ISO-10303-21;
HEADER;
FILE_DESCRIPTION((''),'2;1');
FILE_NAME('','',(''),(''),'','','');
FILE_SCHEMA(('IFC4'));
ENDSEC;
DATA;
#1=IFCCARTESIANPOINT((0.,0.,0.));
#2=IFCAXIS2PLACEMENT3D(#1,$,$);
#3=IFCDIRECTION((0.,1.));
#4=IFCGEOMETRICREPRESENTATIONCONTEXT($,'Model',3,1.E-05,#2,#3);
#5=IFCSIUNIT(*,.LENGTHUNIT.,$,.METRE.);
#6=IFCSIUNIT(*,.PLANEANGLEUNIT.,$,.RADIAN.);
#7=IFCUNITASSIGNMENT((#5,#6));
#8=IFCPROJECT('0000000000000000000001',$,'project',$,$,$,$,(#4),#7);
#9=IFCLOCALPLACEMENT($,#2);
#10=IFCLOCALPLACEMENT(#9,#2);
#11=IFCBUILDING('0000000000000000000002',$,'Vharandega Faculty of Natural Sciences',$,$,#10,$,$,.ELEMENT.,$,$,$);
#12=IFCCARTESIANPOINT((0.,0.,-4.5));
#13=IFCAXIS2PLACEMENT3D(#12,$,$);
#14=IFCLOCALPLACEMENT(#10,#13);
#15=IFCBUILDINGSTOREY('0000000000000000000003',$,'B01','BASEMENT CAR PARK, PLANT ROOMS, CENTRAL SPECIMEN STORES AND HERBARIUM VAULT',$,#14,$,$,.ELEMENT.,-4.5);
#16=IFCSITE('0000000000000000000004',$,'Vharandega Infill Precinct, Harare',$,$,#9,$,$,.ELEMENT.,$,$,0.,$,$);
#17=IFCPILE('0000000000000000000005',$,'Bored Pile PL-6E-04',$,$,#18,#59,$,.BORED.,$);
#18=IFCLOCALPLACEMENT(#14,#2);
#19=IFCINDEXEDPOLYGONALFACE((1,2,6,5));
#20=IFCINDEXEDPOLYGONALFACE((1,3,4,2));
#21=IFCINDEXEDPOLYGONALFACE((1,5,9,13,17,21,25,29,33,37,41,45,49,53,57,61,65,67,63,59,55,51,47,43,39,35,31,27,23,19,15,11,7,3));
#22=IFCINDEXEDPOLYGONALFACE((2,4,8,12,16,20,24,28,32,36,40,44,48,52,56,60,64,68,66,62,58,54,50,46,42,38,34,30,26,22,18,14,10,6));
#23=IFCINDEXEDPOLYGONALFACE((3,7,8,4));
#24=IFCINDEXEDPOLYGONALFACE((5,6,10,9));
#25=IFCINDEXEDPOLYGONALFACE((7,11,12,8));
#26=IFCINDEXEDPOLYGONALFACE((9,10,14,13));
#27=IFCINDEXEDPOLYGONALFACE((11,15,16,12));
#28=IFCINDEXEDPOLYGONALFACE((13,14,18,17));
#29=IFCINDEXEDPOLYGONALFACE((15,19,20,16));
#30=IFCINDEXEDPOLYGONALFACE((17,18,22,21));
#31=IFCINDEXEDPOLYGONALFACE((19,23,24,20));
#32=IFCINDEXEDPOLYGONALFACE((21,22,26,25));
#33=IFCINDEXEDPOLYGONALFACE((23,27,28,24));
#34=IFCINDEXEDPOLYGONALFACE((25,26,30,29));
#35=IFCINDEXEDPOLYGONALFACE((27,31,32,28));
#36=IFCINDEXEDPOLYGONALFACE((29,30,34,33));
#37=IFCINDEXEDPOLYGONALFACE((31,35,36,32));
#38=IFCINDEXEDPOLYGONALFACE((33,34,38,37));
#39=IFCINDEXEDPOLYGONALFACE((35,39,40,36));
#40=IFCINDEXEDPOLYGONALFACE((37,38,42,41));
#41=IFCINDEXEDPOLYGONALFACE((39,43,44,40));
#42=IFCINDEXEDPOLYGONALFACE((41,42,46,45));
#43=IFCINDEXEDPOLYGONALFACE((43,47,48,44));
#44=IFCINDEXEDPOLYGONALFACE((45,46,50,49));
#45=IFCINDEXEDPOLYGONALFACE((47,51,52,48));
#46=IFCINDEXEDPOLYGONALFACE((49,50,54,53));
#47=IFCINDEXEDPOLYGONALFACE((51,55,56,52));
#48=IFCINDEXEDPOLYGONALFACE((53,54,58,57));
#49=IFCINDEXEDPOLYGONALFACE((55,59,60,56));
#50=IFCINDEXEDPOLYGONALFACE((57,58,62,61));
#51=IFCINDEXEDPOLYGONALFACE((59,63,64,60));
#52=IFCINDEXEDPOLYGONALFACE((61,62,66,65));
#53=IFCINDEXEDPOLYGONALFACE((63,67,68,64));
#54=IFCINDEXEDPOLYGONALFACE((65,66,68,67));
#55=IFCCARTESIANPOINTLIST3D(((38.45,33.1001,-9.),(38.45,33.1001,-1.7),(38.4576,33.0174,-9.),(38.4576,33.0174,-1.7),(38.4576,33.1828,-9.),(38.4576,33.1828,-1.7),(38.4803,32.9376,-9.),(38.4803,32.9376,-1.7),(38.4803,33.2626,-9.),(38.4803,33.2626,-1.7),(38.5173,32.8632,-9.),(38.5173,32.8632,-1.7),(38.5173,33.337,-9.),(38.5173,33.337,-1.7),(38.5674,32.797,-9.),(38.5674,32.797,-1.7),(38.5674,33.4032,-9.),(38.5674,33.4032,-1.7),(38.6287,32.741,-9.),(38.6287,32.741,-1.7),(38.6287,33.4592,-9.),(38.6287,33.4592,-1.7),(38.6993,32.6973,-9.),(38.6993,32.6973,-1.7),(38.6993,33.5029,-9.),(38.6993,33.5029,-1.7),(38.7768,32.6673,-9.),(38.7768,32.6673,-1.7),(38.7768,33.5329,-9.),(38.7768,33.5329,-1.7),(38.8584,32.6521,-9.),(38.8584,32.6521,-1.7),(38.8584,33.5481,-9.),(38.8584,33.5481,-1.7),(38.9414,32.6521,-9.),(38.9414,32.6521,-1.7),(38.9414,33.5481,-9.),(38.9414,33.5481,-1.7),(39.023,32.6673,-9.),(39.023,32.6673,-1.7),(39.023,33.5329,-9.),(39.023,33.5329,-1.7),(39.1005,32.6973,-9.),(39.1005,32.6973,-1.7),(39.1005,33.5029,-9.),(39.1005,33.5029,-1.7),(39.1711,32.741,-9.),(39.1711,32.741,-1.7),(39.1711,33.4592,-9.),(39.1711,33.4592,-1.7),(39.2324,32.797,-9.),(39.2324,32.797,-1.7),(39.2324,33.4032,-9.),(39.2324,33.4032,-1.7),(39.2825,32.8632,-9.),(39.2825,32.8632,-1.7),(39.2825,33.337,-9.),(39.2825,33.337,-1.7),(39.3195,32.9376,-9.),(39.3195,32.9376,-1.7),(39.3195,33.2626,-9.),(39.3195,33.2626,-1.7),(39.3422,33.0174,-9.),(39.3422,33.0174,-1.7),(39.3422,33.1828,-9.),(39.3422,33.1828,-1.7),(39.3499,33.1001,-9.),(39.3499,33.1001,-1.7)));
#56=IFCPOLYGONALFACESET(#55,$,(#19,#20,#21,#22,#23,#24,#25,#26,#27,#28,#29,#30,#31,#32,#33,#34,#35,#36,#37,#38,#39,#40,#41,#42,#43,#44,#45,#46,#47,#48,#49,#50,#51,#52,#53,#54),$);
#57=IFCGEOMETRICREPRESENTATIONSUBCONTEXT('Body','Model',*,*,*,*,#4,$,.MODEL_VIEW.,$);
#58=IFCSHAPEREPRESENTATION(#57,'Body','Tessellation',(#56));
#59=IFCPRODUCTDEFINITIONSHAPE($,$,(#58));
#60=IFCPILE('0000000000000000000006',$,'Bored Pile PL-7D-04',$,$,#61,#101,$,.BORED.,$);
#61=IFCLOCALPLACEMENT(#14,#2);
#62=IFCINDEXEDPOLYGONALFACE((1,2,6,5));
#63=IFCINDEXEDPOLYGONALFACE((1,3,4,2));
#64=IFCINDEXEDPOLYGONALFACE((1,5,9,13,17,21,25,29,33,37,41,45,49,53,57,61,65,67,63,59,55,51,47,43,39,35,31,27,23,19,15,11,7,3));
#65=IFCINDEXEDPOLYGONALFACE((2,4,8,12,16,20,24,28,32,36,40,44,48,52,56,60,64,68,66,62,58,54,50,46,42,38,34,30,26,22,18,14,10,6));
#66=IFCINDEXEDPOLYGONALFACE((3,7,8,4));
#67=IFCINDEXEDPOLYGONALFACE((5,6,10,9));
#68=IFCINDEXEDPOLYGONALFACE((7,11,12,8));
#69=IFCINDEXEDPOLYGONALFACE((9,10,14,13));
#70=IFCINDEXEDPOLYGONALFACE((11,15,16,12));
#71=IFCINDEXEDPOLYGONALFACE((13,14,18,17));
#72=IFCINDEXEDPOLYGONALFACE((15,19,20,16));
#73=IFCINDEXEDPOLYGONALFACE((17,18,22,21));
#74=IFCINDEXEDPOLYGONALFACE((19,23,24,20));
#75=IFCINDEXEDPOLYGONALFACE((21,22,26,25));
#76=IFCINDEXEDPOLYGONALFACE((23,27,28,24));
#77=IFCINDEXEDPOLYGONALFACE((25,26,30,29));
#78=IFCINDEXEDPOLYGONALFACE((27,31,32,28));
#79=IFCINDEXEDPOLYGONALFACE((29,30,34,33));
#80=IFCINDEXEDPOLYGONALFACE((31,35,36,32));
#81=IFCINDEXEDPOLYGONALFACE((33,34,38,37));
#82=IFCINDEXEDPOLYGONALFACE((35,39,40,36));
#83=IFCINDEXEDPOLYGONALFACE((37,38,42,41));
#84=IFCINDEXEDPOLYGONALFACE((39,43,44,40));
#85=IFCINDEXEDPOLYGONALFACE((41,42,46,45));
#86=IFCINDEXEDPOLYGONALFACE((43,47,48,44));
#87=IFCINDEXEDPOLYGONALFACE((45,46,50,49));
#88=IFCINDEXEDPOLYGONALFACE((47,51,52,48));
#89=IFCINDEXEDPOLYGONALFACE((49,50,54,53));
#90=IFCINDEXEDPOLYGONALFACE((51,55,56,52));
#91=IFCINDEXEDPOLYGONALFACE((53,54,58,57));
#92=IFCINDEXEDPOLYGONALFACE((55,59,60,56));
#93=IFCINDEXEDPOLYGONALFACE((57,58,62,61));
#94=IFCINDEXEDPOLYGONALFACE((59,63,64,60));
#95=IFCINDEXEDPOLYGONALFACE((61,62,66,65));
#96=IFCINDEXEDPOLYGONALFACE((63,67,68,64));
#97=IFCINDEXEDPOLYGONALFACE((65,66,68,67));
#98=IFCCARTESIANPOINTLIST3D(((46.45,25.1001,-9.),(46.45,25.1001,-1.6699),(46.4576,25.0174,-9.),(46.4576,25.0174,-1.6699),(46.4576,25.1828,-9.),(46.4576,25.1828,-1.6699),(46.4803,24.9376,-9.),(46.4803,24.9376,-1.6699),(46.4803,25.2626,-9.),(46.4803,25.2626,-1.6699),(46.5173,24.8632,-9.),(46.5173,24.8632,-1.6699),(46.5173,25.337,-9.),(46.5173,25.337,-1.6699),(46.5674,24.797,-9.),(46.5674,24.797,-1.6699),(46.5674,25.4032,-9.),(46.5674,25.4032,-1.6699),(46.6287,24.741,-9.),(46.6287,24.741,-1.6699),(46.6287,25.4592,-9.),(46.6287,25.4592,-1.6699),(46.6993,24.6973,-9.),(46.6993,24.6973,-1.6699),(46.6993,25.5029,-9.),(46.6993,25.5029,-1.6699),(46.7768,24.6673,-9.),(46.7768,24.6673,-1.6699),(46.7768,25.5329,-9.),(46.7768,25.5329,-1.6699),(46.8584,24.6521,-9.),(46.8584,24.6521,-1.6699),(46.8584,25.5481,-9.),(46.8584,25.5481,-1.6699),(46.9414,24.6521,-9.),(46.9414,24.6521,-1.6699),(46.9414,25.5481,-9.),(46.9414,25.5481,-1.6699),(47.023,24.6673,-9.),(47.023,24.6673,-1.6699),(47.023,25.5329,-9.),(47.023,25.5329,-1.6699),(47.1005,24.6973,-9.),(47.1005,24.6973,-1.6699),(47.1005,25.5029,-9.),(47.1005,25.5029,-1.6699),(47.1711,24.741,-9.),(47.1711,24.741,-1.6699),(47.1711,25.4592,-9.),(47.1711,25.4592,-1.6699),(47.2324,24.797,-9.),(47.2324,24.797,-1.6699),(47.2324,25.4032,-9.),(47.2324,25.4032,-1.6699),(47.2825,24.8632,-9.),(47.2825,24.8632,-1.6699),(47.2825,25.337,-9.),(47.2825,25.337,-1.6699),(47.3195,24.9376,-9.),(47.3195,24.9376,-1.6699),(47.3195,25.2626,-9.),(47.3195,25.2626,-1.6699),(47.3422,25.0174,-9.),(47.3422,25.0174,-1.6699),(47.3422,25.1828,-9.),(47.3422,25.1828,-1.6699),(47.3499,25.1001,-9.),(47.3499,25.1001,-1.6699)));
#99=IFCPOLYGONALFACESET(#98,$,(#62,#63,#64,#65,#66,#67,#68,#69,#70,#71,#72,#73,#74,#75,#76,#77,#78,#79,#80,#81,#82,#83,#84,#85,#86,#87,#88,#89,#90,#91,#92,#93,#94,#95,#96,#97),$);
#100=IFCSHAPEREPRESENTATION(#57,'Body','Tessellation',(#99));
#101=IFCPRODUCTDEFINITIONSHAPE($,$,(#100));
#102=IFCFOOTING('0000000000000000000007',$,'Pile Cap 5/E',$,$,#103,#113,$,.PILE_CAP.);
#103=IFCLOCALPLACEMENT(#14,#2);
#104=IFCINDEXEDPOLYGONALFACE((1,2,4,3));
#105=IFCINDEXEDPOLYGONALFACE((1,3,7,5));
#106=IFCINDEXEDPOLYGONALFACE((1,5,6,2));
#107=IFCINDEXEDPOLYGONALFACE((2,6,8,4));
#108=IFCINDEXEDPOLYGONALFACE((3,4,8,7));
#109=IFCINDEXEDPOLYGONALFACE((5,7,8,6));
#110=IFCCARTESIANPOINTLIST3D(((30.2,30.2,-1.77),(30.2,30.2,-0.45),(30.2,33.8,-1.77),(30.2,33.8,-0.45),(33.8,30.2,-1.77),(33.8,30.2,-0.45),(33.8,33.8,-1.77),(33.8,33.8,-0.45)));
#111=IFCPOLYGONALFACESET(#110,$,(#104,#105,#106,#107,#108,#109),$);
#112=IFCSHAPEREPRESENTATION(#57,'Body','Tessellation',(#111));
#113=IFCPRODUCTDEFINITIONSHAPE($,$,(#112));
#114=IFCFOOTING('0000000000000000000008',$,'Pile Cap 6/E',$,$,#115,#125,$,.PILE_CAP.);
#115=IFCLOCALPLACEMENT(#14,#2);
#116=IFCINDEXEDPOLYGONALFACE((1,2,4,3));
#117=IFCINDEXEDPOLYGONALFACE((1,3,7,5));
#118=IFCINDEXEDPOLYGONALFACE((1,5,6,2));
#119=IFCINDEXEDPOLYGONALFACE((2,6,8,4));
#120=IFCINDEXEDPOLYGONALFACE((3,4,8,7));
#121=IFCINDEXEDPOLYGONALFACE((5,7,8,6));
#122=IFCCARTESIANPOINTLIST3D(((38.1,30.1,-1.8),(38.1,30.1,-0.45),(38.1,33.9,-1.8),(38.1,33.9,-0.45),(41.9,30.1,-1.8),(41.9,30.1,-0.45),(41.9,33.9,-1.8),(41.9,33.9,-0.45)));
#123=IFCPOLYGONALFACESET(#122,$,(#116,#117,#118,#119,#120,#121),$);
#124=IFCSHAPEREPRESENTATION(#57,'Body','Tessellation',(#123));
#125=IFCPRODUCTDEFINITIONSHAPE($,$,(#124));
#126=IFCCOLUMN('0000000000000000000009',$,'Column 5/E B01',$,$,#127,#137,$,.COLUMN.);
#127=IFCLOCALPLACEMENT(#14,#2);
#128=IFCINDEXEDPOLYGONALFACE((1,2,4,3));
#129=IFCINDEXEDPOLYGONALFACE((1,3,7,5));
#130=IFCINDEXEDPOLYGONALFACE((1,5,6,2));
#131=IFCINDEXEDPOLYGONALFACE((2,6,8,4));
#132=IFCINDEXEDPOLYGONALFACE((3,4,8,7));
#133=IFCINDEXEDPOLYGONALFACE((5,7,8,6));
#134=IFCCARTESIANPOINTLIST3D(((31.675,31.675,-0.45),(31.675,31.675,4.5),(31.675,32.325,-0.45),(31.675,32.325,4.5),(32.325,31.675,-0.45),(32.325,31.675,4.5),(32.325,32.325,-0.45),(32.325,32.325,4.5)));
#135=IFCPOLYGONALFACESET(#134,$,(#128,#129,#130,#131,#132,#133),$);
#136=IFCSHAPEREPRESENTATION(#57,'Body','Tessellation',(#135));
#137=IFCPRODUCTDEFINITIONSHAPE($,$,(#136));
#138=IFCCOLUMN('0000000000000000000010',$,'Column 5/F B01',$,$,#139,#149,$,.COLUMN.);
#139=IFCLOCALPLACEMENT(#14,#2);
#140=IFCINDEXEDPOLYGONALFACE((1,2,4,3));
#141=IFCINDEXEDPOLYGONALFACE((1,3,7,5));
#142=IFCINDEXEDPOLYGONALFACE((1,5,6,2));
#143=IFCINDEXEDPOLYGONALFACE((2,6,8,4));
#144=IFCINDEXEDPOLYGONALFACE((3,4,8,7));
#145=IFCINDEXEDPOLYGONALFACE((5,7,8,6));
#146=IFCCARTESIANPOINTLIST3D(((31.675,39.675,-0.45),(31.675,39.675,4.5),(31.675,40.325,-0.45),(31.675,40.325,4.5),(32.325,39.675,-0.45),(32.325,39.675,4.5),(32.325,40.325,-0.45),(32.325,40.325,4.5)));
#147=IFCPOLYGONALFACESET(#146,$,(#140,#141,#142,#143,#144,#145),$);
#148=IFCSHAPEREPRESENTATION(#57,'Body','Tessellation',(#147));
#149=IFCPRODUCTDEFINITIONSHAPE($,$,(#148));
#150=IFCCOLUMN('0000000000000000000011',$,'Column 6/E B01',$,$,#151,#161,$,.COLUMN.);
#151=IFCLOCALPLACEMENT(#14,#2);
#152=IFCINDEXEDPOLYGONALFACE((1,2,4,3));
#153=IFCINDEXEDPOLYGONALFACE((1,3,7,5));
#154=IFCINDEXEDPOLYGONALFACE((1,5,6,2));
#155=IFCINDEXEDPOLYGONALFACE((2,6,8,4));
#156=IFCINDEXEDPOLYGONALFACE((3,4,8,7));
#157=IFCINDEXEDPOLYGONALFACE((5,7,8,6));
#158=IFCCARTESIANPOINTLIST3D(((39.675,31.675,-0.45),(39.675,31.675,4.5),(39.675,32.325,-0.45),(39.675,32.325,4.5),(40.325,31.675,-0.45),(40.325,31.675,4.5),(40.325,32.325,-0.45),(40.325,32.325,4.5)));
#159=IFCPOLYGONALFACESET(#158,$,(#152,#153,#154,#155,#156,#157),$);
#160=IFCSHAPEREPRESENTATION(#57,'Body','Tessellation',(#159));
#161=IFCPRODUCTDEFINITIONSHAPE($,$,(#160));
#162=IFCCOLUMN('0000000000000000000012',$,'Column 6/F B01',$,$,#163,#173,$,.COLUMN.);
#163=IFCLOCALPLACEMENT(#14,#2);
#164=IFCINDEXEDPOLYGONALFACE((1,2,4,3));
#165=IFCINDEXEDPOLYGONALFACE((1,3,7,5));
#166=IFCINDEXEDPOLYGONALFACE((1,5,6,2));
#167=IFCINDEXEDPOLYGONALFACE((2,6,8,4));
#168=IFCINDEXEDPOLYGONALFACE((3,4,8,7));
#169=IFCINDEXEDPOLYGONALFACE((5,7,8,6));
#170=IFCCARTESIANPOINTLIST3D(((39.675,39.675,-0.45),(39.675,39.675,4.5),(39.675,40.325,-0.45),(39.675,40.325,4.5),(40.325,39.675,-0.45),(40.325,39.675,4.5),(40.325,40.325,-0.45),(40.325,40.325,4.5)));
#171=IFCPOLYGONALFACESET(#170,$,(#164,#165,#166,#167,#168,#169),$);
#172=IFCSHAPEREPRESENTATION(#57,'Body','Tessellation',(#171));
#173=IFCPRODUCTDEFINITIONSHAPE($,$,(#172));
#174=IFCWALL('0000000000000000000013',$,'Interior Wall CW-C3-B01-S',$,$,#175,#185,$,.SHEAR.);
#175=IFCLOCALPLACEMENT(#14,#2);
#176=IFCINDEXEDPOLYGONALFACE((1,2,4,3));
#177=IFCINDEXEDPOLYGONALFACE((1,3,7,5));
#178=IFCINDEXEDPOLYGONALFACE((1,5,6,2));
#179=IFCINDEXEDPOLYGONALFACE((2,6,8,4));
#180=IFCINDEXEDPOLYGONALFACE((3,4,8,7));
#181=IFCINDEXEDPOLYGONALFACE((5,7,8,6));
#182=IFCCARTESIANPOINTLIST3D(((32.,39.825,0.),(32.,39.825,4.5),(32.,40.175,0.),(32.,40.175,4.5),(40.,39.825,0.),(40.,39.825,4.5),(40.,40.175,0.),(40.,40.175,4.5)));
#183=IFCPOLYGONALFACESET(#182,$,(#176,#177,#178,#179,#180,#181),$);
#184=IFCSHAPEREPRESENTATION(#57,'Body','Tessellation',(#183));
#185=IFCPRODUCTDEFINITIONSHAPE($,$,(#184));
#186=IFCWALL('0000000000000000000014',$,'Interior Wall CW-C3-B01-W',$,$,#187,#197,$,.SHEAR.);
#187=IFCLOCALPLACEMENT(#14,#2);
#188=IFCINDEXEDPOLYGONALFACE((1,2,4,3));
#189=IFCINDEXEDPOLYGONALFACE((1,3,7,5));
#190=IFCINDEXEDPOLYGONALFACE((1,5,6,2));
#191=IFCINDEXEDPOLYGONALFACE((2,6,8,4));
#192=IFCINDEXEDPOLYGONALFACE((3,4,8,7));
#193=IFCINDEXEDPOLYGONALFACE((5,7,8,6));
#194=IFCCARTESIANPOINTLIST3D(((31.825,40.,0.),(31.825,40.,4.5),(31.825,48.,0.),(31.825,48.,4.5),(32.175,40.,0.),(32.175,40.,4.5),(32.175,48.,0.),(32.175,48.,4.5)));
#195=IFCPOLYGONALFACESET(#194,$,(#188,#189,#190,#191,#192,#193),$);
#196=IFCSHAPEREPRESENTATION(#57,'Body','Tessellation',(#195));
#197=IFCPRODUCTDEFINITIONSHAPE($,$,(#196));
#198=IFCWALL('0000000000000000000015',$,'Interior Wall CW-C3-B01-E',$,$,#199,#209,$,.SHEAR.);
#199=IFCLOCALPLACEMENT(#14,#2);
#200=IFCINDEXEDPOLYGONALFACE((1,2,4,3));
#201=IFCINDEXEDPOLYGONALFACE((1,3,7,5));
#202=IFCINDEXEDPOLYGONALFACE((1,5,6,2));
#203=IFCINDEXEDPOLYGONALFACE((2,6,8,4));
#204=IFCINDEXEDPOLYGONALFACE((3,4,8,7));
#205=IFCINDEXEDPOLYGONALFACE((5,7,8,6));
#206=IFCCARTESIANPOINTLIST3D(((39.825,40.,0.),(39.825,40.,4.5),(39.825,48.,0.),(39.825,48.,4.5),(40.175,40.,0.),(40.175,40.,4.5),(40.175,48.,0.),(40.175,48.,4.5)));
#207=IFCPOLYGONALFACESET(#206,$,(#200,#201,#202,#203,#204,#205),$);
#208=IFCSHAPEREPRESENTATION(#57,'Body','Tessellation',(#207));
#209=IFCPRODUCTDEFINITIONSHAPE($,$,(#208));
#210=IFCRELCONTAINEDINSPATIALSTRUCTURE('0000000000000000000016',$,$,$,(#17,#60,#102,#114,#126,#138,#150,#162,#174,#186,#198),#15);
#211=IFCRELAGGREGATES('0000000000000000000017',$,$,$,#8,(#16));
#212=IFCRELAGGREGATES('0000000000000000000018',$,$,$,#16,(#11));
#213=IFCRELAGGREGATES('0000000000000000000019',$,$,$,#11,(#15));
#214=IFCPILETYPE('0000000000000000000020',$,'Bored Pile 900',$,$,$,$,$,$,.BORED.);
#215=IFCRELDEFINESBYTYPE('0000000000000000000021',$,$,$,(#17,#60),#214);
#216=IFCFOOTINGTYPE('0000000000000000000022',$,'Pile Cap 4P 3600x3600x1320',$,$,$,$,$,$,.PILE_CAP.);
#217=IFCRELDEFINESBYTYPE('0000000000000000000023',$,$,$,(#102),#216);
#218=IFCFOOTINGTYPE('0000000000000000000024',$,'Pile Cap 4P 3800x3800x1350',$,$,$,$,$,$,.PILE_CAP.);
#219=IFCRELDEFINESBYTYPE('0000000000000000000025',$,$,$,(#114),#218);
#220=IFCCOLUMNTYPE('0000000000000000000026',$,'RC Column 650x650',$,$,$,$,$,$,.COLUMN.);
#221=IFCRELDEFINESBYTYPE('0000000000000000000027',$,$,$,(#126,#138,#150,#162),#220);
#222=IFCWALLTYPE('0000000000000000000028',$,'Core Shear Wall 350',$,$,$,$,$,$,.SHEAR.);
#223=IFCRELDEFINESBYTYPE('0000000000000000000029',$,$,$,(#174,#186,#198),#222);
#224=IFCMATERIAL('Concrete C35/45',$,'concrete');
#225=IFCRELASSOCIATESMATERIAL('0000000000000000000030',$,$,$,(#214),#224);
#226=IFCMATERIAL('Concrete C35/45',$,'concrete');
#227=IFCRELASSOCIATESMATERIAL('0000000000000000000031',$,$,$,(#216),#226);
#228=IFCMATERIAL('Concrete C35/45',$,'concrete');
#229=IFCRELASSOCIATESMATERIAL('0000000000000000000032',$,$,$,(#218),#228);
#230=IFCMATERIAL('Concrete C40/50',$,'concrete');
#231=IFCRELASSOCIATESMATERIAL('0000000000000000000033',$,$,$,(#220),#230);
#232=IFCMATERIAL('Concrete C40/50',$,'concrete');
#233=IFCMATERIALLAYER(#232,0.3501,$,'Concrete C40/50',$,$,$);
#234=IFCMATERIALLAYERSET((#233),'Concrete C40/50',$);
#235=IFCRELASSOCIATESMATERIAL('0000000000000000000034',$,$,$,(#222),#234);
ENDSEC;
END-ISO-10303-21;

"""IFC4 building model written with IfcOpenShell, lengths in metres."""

from ifc_helpers import new_model, si_unit, direction, frame, frame_2d, origin, origin_2d, place, context, subcontext, project, spatial, rectangle, circle, extrude, material, layer, layer_set, material_profile, profile_set, type_object, element, save


model = new_model("IFC4")

# Units and contexts
model_context = context("Model", 3, precision=1e-05, world=origin(), true_north=direction((0.0, 1.0)))
body_context = subcontext(model_context, "Body", "Model", "MODEL_VIEW")
ifc_project = project(units=[si_unit("LENGTHUNIT", "METRE"), si_unit("PLANEANGLEUNIT", "RADIAN")], contexts=[model_context])

# Site, building, storey
site_placement = place(None, origin())
site = spatial("IfcSite", under=ifc_project, at=site_placement, Name="Vharandega Infill Precinct, Harare", CompositionType="ELEMENT", RefElevation=0.0)
building_placement = place(site_placement, origin())
building = spatial("IfcBuilding", under=site, at=building_placement, Name="Vharandega Faculty of Natural Sciences", CompositionType="ELEMENT")
storey_placement = place(building_placement, frame((0.0, 0.0, -4.5)))
storey = spatial("IfcBuildingStorey", under=building, at=storey_placement, Name="B01", Description="BASEMENT CAR PARK, PLANT ROOMS, CENTRAL SPECIMEN STORES AND HERBARIUM VAULT", CompositionType="ELEMENT", Elevation=-4.5)

# Piles
ifc_material_1 = material(Name="Concrete C35/45", Category="concrete")
ifc_material_profile_1 = material_profile(ifc_material_1, circle(Radius=0.45, at=origin_2d()), Name="PILE 900")
ifc_profile_set_1 = profile_set([ifc_material_profile_1], Name="Concrete C35/45")
pile_type = type_object("IfcPileType", Name="Bored Pile 900", PredefinedType="BORED", material=ifc_profile_set_1)
for number, where, z_axis, x_axis, name in (
    (1, (38.8999, 33.1001, -1.7), (0.0, 0.0, -1.0), (1.0, 0.0, 0.0), "Bored Pile PL-6E-04"),
):
    element("IfcPile", number, at=place(storey_placement, frame(where, z_axis=z_axis, x_axis=x_axis)), inside=storey, type_object=pile_type, Name=name, PredefinedType="BORED", context=body_context, shape_type="SweptSolid", body=[
        extrude(circle(Radius=0.45, at=origin_2d()), origin(), (0.0, 0.0, 1.0), 7.3),
    ])
pile_placement = place(storey_placement, frame((46.8999, 25.1001, -1.6699), z_axis=(0.0, 0.0, -1.0), x_axis=(1.0, 0.0, 0.0)))
element("IfcPile", 2, at=pile_placement, inside=storey, type_object=pile_type, Name="Bored Pile PL-7D-04", PredefinedType="BORED", context=body_context, shape_type="SweptSolid", body=[
    extrude(circle(Radius=0.45, at=origin_2d()), origin(), (0.0, 0.0, 1.0), 7.3301),
])

# Footings
ifc_material_2 = material(Name="Concrete C35/45", Category="concrete")
footing_type_1 = type_object("IfcFootingType", Name="Pile Cap 4P 3600x3600x1320", PredefinedType="PILE_CAP", material=ifc_material_2)
footing_1_placement = place(storey_placement, frame((32.0, 32.0, -1.77), z_axis=(0.0, 0.0, 1.0), x_axis=(1.0, 0.0, 0.0)))
element("IfcFooting", 3, at=footing_1_placement, inside=storey, type_object=footing_type_1, Name="Pile Cap 5/E", PredefinedType="PILE_CAP", context=body_context, shape_type="SweptSolid", body=[
    extrude(rectangle(XDim=3.6001, YDim=3.6001, at=origin_2d()), origin(), (0.0, 0.0, 1.0), 1.3201),
])
ifc_material_3 = material(Name="Concrete C35/45", Category="concrete")
footing_type_2 = type_object("IfcFootingType", Name="Pile Cap 4P 3800x3800x1350", PredefinedType="PILE_CAP", material=ifc_material_3)
footing_2_placement = place(storey_placement, frame((40.0, 32.0, -1.8), z_axis=(0.0, 0.0, 1.0), x_axis=(1.0, 0.0, 0.0)))
element("IfcFooting", 4, at=footing_2_placement, inside=storey, type_object=footing_type_2, Name="Pile Cap 6/E", PredefinedType="PILE_CAP", context=body_context, shape_type="SweptSolid", body=[
    extrude(rectangle(XDim=3.8, YDim=3.8, at=origin_2d()), origin(), (0.0, 0.0, 1.0), 1.3501),
])

# Columns
ifc_material_4 = material(Name="Concrete C40/50", Category="concrete")
ifc_material_profile_2 = material_profile(ifc_material_4, rectangle(XDim=0.6499, YDim=0.6499, at=origin_2d()), Name="RC 650x650")
ifc_profile_set_2 = profile_set([ifc_material_profile_2], Name="Concrete C40/50")
column_type = type_object("IfcColumnType", Name="RC Column 650x650", PredefinedType="COLUMN", material=ifc_profile_set_2)
for number, where, z_axis, x_axis, name in (
    (5, (32.0, 32.0, -0.45), (0.0, 0.0, 1.0), (1.0, 0.0, 0.0), "Column 5/E B01"),
    (6, (32.0, 40.0, -0.45), (0.0, 0.0, 1.0), (1.0, 0.0, 0.0), "Column 5/F B01"),
    (7, (40.0, 32.0, -0.45), (0.0, 0.0, 1.0), (1.0, 0.0, 0.0), "Column 6/E B01"),
    (8, (40.0, 40.0, -0.45), (0.0, 0.0, 1.0), (1.0, 0.0, 0.0), "Column 6/F B01"),
):
    element("IfcColumn", number, at=place(storey_placement, frame(where, z_axis=z_axis, x_axis=x_axis)), inside=storey, type_object=column_type, Name=name, PredefinedType="COLUMN", context=body_context, shape_type="SweptSolid", body=[
        extrude(rectangle(XDim=0.6499, YDim=0.6499, at=origin_2d()), origin(), (0.0, 0.0, 1.0), 4.95),
    ])

# Walls
ifc_material_5 = material(Name="Concrete C40/50", Category="concrete")
ifc_layer_1 = layer(ifc_material_5, 0.3501, Name="Concrete C40/50")
ifc_layer_set_1 = layer_set([ifc_layer_1], Name="Concrete C40/50")
wall_type_1 = type_object("IfcWallType", Name="Core Shear Wall 350", PredefinedType="SHEAR", material=ifc_layer_set_1)
for number, where, z_axis, x_axis, name in (
    (9, (32.0, 40.0, 0.0), (0.0, 0.0, 1.0), (1.0, 0.0, 0.0), "Interior Wall CW-C3-B01-S"),
    (10, (32.0, 40.0, 0.0), (0.0, 0.0, 1.0), (0.0, 1.0, 0.0), "Interior Wall CW-C3-B01-W"),
    (11, (40.0, 40.0, 0.0), (0.0, 0.0, 1.0), (0.0, 1.0, 0.0), "Interior Wall CW-C3-B01-E"),
):
    element("IfcWall", number, at=place(storey_placement, frame(where, z_axis=z_axis, x_axis=x_axis)), inside=storey, type_object=wall_type_1, Name=name, PredefinedType="SHEAR", context=body_context, shape_type="SweptSolid", body=[
        extrude(rectangle(XDim=8.0, YDim=0.3501, at=frame_2d((4.0, 0.0))), origin(), (0.0, 0.0, 1.0), 4.5),
    ])

save(model, "model.ifc")
